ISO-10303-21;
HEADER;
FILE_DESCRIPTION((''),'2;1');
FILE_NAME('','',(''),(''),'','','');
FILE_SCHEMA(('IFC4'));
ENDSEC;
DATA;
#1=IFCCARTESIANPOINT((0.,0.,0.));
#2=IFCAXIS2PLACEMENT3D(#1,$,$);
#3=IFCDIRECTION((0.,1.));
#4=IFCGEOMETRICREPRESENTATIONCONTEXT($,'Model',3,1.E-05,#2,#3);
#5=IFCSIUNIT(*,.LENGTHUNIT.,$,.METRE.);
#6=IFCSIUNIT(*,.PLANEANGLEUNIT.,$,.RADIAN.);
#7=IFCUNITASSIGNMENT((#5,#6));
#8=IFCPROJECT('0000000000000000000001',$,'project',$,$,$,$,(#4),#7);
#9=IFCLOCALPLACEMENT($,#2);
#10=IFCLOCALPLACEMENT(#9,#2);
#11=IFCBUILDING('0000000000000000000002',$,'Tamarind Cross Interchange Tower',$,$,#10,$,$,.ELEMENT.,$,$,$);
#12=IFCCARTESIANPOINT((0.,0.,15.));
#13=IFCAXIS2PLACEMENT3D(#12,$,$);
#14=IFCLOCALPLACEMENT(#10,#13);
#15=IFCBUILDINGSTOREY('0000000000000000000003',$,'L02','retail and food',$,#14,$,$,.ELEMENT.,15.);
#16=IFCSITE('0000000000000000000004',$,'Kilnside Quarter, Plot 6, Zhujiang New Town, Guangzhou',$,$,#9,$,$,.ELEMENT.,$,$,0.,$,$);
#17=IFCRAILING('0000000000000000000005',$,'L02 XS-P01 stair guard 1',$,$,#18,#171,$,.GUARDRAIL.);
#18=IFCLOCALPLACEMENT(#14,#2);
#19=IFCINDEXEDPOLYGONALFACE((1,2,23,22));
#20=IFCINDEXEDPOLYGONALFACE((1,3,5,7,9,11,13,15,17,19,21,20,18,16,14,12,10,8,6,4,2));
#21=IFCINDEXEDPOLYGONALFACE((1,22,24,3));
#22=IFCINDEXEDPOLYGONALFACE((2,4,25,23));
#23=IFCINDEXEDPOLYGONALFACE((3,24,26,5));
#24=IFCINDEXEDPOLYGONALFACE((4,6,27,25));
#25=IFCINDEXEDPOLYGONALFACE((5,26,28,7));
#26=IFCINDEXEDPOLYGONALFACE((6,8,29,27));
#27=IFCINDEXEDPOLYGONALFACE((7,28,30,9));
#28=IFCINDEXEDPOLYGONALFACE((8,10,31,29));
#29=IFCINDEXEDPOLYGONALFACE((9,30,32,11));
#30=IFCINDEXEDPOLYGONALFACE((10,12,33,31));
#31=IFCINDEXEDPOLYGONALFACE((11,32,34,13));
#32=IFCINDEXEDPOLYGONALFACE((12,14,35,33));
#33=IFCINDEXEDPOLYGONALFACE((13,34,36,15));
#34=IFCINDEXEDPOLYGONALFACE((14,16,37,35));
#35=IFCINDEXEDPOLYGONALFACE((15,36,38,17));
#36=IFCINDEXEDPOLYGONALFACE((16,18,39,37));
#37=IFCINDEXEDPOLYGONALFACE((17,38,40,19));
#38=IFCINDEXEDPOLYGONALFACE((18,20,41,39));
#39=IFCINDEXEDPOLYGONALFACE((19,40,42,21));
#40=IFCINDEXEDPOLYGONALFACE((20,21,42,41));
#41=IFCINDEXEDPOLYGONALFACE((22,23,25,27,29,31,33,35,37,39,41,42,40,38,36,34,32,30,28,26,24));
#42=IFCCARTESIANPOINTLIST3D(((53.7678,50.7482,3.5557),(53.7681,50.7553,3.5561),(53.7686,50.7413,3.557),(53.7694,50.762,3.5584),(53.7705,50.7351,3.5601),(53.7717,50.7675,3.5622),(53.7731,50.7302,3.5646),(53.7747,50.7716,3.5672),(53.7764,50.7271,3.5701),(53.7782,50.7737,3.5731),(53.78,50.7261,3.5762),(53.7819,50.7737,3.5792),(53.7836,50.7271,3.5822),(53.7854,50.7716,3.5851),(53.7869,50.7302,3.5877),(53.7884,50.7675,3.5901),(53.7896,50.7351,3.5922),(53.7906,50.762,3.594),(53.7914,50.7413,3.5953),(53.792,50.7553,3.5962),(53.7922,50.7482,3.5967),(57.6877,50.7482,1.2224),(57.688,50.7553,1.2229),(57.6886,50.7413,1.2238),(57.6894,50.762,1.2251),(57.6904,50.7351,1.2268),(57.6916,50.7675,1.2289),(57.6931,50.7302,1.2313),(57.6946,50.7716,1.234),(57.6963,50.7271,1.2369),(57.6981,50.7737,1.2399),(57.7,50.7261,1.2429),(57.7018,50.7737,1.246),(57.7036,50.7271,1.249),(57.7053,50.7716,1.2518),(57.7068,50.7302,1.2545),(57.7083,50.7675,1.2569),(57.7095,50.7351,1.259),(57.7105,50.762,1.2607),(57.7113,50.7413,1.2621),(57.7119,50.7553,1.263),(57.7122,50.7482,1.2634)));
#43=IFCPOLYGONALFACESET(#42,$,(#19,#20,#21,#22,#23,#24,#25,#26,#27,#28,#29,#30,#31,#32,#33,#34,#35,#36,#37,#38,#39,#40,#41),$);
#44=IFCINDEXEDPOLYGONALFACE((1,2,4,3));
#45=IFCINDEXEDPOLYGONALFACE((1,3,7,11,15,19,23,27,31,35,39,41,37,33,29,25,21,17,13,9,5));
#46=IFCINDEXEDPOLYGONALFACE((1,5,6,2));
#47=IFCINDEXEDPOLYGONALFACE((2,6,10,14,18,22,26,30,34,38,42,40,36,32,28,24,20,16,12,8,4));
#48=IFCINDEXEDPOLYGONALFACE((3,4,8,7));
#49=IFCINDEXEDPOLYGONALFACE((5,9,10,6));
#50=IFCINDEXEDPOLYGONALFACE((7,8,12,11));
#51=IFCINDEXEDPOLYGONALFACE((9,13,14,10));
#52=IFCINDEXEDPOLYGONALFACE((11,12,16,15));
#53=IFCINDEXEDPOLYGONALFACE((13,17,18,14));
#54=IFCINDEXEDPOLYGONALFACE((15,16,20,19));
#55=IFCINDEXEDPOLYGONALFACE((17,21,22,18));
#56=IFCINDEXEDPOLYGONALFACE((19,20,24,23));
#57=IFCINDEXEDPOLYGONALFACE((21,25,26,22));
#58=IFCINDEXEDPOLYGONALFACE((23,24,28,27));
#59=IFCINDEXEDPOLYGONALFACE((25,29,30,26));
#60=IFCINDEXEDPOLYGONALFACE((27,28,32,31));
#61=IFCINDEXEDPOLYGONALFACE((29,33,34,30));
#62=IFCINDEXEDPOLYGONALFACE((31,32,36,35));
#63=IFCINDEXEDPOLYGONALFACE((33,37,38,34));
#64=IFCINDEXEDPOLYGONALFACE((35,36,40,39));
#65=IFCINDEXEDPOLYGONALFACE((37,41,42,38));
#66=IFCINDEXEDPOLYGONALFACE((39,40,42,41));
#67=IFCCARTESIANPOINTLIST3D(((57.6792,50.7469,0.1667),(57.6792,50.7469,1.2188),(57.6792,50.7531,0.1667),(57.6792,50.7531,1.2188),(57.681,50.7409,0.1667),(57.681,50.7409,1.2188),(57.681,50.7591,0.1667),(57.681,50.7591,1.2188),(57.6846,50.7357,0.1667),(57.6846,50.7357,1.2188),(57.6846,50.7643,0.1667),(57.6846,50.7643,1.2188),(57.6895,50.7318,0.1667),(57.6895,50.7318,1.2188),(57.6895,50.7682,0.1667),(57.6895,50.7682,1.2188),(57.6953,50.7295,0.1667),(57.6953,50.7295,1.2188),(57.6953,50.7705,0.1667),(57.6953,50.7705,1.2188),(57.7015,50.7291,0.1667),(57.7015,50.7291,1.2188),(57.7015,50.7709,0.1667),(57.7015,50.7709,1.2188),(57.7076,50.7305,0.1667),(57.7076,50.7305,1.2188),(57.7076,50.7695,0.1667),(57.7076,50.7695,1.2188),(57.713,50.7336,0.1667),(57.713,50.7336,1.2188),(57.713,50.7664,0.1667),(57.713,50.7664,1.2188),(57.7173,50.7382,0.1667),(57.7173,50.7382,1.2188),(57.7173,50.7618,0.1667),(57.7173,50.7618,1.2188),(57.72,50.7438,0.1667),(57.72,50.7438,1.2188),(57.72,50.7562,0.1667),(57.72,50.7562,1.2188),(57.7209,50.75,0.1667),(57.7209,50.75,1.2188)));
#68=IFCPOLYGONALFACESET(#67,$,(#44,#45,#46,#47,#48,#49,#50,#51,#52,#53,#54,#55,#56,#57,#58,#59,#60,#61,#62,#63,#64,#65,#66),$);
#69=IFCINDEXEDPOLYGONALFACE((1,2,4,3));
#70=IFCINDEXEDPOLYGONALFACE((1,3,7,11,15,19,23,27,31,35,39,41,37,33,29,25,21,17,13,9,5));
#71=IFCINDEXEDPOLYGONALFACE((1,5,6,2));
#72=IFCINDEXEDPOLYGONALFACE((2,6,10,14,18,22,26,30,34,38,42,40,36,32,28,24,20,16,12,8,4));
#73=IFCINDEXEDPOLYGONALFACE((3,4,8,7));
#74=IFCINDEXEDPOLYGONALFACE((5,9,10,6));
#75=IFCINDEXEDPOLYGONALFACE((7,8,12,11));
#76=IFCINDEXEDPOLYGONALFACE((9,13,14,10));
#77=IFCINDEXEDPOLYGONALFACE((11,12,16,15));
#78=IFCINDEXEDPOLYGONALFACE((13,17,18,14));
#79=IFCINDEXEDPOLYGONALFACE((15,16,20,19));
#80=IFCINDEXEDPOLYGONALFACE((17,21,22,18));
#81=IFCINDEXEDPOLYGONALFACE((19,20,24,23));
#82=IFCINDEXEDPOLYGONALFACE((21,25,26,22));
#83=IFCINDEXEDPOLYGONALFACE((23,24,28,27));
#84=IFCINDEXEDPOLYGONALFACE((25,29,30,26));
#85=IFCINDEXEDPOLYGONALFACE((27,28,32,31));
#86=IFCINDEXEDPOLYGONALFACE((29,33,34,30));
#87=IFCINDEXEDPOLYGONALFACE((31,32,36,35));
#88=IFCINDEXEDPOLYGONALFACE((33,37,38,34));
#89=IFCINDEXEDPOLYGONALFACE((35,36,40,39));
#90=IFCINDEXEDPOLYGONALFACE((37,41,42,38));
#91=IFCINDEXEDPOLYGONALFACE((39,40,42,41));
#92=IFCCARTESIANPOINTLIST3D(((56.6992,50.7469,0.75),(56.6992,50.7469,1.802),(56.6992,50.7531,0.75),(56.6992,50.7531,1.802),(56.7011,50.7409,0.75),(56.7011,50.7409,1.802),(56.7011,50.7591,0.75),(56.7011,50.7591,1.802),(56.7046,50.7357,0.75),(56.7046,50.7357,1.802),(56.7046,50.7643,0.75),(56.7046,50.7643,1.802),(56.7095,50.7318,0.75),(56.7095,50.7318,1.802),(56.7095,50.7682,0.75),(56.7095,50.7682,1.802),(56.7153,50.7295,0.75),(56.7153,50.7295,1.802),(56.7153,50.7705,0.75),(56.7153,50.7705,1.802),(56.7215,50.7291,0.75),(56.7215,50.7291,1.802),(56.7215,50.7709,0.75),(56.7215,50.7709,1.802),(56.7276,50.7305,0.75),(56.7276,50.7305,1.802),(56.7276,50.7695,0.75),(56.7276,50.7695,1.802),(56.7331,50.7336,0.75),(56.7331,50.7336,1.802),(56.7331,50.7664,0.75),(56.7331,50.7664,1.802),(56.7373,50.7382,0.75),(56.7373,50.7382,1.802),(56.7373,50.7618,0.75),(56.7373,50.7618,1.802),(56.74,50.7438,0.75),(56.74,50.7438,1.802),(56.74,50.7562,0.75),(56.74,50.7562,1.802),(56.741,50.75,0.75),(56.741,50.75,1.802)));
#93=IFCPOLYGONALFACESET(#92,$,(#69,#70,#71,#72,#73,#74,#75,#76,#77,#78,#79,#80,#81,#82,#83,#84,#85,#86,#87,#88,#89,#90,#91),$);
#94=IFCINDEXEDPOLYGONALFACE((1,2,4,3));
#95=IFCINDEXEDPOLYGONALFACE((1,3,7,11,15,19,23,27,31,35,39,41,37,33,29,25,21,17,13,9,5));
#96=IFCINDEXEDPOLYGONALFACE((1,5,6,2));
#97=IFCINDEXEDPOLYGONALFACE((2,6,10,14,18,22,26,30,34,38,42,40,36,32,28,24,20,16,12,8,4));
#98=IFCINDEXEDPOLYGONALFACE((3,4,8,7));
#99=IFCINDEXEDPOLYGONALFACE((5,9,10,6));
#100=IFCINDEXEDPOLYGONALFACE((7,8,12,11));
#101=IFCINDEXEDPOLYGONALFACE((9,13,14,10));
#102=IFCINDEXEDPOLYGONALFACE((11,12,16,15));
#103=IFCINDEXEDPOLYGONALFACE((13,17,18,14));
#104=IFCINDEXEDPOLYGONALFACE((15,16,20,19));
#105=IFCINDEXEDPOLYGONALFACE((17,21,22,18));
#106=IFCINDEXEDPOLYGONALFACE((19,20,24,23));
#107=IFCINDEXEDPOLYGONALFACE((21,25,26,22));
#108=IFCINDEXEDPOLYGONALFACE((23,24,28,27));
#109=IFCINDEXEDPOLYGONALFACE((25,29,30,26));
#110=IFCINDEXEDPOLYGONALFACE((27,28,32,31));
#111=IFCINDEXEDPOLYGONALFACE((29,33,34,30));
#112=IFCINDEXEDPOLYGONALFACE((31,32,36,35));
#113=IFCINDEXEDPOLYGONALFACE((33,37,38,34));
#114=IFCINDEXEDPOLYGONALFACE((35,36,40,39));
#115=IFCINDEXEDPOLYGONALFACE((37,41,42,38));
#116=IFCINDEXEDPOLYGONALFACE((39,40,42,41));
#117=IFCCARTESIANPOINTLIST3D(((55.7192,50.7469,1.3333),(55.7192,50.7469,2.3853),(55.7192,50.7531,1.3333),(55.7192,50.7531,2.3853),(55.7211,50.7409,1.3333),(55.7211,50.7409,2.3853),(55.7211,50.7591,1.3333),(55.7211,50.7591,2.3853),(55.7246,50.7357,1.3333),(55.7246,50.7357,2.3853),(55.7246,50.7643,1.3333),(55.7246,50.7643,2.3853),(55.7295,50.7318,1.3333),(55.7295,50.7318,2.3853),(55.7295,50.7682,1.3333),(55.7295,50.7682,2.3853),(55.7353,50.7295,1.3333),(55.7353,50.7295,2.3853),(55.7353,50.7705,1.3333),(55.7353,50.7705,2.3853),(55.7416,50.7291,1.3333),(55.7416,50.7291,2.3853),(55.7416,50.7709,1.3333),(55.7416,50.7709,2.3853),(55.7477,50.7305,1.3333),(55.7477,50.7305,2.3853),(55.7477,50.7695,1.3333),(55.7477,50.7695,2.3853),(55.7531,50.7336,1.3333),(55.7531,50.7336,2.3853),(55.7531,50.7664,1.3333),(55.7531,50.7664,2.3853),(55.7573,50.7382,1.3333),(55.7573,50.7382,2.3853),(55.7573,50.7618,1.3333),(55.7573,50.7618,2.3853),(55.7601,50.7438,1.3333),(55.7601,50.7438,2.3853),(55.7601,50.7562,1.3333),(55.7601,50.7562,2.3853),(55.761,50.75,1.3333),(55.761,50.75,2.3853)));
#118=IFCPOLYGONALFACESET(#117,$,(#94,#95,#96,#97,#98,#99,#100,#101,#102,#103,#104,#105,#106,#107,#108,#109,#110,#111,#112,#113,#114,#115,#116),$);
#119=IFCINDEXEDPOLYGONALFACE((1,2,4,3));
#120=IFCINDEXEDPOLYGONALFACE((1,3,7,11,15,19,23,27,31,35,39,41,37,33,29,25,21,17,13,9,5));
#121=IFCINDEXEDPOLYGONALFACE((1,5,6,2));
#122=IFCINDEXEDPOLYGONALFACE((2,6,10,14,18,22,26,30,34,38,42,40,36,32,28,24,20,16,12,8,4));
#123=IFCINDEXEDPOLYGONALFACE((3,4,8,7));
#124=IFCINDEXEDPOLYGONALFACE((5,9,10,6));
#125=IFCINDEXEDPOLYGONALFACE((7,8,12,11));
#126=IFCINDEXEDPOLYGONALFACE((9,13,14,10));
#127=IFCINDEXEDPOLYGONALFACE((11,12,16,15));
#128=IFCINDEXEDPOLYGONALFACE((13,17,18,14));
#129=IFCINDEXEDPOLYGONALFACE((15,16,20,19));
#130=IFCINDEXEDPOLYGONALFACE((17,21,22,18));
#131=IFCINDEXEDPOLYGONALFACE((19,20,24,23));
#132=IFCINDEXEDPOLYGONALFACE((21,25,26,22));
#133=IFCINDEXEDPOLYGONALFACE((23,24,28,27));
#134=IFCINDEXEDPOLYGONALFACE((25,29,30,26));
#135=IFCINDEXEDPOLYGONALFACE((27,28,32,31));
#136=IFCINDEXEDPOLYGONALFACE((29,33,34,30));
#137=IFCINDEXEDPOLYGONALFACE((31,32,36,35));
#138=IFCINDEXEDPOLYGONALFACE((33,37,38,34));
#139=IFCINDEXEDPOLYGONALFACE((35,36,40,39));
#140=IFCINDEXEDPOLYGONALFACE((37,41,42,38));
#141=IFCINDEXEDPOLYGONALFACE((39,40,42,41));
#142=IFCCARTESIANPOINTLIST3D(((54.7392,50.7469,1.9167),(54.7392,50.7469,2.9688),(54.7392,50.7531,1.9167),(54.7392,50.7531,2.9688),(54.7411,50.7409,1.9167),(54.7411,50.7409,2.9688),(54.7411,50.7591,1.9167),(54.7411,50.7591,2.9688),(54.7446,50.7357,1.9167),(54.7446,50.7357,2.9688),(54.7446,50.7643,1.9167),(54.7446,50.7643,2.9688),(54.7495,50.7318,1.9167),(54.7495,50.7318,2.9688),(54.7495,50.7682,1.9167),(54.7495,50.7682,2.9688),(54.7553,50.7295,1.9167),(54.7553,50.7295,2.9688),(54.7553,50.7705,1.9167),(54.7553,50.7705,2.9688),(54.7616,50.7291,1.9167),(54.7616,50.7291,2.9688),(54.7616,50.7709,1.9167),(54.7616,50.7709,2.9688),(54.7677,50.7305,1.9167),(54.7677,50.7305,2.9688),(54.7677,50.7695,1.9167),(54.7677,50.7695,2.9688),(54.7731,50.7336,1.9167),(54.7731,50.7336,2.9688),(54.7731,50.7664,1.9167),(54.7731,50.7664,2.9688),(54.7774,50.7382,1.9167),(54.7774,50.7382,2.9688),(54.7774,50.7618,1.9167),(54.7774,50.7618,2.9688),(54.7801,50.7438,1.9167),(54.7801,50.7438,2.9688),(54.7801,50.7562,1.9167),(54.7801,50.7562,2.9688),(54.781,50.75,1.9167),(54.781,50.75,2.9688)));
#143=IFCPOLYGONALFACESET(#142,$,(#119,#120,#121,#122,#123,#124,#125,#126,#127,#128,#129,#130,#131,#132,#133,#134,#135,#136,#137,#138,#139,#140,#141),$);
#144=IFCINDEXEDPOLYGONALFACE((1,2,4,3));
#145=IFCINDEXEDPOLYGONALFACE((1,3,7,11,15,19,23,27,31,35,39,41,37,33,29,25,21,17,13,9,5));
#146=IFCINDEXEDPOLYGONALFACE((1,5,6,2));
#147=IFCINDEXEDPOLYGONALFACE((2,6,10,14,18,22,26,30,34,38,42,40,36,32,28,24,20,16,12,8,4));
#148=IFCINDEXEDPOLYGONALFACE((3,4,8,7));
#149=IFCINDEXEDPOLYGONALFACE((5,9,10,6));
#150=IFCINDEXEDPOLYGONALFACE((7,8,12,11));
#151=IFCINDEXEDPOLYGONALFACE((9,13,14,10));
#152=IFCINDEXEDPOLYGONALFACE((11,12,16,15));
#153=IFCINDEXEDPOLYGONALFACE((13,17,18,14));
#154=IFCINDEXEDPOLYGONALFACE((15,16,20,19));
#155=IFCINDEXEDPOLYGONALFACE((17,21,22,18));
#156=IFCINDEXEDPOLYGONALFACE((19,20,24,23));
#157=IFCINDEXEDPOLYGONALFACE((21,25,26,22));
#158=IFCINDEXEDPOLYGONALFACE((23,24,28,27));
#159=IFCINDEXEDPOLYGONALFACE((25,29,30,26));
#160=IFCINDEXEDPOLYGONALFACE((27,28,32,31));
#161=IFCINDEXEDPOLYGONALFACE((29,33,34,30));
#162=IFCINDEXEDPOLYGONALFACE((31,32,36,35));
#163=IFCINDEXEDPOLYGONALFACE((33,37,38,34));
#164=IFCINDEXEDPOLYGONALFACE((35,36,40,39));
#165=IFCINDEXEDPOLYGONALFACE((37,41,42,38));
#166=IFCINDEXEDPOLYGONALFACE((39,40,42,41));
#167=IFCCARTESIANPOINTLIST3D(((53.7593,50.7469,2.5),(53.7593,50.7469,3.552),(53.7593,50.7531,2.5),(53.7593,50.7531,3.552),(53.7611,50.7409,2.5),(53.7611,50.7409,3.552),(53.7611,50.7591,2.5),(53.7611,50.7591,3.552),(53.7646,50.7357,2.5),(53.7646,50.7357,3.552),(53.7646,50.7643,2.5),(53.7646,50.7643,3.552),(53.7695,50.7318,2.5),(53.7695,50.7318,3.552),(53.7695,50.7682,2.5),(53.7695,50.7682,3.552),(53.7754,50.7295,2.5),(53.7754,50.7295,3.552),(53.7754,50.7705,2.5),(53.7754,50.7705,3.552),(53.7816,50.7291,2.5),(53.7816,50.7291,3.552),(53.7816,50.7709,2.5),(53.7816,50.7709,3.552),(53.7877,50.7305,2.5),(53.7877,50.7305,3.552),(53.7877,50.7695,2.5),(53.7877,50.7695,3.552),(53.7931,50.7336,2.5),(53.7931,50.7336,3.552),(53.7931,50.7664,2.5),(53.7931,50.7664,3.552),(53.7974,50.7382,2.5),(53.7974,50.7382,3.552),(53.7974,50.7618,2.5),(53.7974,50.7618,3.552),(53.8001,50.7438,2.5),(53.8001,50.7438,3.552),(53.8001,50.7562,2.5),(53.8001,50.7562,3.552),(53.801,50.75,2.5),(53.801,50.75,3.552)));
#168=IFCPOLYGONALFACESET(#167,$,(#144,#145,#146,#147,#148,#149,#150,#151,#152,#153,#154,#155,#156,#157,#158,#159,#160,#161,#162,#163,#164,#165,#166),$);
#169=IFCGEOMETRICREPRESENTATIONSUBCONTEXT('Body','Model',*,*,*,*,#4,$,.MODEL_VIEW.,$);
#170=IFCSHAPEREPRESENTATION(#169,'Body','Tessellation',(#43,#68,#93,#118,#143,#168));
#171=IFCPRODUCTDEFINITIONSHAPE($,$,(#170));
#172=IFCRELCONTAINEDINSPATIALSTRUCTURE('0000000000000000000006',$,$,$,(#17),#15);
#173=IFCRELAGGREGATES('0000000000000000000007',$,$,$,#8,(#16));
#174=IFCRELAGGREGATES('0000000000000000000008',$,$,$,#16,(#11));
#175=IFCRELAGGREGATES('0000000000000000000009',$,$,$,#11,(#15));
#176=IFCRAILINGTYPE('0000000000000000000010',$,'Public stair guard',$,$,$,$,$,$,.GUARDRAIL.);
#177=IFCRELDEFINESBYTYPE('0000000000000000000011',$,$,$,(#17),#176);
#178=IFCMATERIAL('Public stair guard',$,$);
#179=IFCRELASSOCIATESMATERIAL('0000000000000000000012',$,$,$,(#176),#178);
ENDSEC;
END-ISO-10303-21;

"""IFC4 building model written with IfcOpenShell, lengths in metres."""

from ifc_helpers import new_model, si_unit, direction, frame, origin, origin_2d, place, context, subcontext, project, spatial, circle, extrude, material, type_object, element, save


model = new_model("IFC4")

# Units and contexts
model_context = context("Model", 3, precision=1e-05, world=origin(), true_north=direction((0.0, 1.0)))
body_context = subcontext(model_context, "Body", "Model", "MODEL_VIEW")
ifc_project = project(units=[si_unit("LENGTHUNIT", "METRE"), si_unit("PLANEANGLEUNIT", "RADIAN")], contexts=[model_context])

# Site, building, storey
site_placement = place(None, origin())
site = spatial("IfcSite", under=ifc_project, at=site_placement, Name="Kilnside Quarter, Plot 6, Zhujiang New Town, Guangzhou", CompositionType="ELEMENT", RefElevation=0.0)
building_placement = place(site_placement, origin())
building = spatial("IfcBuilding", under=site, at=building_placement, Name="Tamarind Cross Interchange Tower", CompositionType="ELEMENT")
storey_placement = place(building_placement, frame((0.0, 0.0, 15.0)))
storey = spatial("IfcBuildingStorey", under=building, at=storey_placement, Name="L02", Description="retail and food", CompositionType="ELEMENT", Elevation=15.0)

# Railing
ifc_material_1 = material(Name="Public stair guard")
railing_type_1 = type_object("IfcRailingType", Name="Public stair guard", PredefinedType="GUARDRAIL", material=ifc_material_1)
railing_1_placement = place(storey_placement, frame((57.7, 50.75, 0.1667)))
element("IfcRailing", 1, at=railing_1_placement, inside=storey, type_object=railing_type_1, Name="L02 XS-P01 stair guard 1", PredefinedType="GUARDRAIL", context=body_context, shape_type="SweptSolid", body=[
    extrude(circle(Radius=0.0239, at=origin_2d()), frame((0.0, 0.0, 1.0762), z_axis=(-0.859296, 0.0, 0.511478), x_axis=(0.0, -1.0, 0.0)), (0.0, 0.0, 1.0), 4.5618),
    extrude(circle(Radius=0.021, at=origin_2d()), origin(), (0.0, 0.0, 1.0), 1.052),
    extrude(circle(Radius=0.021, at=origin_2d()), frame((-0.98, 0.0, 0.5833)), (0.0, 0.0, 1.0), 1.052),
    extrude(circle(Radius=0.021, at=origin_2d()), frame((-1.96, 0.0, 1.1665)), (0.0, 0.0, 1.0), 1.052),
    extrude(circle(Radius=0.021, at=origin_2d()), frame((-2.9399, 0.0, 1.75)), (0.0, 0.0, 1.0), 1.052),
    extrude(circle(Radius=0.021, at=origin_2d()), frame((-3.9199, 0.0, 2.3333)), (0.0, 0.0, 1.0), 1.052),
])

save(model, "model.ifc")
